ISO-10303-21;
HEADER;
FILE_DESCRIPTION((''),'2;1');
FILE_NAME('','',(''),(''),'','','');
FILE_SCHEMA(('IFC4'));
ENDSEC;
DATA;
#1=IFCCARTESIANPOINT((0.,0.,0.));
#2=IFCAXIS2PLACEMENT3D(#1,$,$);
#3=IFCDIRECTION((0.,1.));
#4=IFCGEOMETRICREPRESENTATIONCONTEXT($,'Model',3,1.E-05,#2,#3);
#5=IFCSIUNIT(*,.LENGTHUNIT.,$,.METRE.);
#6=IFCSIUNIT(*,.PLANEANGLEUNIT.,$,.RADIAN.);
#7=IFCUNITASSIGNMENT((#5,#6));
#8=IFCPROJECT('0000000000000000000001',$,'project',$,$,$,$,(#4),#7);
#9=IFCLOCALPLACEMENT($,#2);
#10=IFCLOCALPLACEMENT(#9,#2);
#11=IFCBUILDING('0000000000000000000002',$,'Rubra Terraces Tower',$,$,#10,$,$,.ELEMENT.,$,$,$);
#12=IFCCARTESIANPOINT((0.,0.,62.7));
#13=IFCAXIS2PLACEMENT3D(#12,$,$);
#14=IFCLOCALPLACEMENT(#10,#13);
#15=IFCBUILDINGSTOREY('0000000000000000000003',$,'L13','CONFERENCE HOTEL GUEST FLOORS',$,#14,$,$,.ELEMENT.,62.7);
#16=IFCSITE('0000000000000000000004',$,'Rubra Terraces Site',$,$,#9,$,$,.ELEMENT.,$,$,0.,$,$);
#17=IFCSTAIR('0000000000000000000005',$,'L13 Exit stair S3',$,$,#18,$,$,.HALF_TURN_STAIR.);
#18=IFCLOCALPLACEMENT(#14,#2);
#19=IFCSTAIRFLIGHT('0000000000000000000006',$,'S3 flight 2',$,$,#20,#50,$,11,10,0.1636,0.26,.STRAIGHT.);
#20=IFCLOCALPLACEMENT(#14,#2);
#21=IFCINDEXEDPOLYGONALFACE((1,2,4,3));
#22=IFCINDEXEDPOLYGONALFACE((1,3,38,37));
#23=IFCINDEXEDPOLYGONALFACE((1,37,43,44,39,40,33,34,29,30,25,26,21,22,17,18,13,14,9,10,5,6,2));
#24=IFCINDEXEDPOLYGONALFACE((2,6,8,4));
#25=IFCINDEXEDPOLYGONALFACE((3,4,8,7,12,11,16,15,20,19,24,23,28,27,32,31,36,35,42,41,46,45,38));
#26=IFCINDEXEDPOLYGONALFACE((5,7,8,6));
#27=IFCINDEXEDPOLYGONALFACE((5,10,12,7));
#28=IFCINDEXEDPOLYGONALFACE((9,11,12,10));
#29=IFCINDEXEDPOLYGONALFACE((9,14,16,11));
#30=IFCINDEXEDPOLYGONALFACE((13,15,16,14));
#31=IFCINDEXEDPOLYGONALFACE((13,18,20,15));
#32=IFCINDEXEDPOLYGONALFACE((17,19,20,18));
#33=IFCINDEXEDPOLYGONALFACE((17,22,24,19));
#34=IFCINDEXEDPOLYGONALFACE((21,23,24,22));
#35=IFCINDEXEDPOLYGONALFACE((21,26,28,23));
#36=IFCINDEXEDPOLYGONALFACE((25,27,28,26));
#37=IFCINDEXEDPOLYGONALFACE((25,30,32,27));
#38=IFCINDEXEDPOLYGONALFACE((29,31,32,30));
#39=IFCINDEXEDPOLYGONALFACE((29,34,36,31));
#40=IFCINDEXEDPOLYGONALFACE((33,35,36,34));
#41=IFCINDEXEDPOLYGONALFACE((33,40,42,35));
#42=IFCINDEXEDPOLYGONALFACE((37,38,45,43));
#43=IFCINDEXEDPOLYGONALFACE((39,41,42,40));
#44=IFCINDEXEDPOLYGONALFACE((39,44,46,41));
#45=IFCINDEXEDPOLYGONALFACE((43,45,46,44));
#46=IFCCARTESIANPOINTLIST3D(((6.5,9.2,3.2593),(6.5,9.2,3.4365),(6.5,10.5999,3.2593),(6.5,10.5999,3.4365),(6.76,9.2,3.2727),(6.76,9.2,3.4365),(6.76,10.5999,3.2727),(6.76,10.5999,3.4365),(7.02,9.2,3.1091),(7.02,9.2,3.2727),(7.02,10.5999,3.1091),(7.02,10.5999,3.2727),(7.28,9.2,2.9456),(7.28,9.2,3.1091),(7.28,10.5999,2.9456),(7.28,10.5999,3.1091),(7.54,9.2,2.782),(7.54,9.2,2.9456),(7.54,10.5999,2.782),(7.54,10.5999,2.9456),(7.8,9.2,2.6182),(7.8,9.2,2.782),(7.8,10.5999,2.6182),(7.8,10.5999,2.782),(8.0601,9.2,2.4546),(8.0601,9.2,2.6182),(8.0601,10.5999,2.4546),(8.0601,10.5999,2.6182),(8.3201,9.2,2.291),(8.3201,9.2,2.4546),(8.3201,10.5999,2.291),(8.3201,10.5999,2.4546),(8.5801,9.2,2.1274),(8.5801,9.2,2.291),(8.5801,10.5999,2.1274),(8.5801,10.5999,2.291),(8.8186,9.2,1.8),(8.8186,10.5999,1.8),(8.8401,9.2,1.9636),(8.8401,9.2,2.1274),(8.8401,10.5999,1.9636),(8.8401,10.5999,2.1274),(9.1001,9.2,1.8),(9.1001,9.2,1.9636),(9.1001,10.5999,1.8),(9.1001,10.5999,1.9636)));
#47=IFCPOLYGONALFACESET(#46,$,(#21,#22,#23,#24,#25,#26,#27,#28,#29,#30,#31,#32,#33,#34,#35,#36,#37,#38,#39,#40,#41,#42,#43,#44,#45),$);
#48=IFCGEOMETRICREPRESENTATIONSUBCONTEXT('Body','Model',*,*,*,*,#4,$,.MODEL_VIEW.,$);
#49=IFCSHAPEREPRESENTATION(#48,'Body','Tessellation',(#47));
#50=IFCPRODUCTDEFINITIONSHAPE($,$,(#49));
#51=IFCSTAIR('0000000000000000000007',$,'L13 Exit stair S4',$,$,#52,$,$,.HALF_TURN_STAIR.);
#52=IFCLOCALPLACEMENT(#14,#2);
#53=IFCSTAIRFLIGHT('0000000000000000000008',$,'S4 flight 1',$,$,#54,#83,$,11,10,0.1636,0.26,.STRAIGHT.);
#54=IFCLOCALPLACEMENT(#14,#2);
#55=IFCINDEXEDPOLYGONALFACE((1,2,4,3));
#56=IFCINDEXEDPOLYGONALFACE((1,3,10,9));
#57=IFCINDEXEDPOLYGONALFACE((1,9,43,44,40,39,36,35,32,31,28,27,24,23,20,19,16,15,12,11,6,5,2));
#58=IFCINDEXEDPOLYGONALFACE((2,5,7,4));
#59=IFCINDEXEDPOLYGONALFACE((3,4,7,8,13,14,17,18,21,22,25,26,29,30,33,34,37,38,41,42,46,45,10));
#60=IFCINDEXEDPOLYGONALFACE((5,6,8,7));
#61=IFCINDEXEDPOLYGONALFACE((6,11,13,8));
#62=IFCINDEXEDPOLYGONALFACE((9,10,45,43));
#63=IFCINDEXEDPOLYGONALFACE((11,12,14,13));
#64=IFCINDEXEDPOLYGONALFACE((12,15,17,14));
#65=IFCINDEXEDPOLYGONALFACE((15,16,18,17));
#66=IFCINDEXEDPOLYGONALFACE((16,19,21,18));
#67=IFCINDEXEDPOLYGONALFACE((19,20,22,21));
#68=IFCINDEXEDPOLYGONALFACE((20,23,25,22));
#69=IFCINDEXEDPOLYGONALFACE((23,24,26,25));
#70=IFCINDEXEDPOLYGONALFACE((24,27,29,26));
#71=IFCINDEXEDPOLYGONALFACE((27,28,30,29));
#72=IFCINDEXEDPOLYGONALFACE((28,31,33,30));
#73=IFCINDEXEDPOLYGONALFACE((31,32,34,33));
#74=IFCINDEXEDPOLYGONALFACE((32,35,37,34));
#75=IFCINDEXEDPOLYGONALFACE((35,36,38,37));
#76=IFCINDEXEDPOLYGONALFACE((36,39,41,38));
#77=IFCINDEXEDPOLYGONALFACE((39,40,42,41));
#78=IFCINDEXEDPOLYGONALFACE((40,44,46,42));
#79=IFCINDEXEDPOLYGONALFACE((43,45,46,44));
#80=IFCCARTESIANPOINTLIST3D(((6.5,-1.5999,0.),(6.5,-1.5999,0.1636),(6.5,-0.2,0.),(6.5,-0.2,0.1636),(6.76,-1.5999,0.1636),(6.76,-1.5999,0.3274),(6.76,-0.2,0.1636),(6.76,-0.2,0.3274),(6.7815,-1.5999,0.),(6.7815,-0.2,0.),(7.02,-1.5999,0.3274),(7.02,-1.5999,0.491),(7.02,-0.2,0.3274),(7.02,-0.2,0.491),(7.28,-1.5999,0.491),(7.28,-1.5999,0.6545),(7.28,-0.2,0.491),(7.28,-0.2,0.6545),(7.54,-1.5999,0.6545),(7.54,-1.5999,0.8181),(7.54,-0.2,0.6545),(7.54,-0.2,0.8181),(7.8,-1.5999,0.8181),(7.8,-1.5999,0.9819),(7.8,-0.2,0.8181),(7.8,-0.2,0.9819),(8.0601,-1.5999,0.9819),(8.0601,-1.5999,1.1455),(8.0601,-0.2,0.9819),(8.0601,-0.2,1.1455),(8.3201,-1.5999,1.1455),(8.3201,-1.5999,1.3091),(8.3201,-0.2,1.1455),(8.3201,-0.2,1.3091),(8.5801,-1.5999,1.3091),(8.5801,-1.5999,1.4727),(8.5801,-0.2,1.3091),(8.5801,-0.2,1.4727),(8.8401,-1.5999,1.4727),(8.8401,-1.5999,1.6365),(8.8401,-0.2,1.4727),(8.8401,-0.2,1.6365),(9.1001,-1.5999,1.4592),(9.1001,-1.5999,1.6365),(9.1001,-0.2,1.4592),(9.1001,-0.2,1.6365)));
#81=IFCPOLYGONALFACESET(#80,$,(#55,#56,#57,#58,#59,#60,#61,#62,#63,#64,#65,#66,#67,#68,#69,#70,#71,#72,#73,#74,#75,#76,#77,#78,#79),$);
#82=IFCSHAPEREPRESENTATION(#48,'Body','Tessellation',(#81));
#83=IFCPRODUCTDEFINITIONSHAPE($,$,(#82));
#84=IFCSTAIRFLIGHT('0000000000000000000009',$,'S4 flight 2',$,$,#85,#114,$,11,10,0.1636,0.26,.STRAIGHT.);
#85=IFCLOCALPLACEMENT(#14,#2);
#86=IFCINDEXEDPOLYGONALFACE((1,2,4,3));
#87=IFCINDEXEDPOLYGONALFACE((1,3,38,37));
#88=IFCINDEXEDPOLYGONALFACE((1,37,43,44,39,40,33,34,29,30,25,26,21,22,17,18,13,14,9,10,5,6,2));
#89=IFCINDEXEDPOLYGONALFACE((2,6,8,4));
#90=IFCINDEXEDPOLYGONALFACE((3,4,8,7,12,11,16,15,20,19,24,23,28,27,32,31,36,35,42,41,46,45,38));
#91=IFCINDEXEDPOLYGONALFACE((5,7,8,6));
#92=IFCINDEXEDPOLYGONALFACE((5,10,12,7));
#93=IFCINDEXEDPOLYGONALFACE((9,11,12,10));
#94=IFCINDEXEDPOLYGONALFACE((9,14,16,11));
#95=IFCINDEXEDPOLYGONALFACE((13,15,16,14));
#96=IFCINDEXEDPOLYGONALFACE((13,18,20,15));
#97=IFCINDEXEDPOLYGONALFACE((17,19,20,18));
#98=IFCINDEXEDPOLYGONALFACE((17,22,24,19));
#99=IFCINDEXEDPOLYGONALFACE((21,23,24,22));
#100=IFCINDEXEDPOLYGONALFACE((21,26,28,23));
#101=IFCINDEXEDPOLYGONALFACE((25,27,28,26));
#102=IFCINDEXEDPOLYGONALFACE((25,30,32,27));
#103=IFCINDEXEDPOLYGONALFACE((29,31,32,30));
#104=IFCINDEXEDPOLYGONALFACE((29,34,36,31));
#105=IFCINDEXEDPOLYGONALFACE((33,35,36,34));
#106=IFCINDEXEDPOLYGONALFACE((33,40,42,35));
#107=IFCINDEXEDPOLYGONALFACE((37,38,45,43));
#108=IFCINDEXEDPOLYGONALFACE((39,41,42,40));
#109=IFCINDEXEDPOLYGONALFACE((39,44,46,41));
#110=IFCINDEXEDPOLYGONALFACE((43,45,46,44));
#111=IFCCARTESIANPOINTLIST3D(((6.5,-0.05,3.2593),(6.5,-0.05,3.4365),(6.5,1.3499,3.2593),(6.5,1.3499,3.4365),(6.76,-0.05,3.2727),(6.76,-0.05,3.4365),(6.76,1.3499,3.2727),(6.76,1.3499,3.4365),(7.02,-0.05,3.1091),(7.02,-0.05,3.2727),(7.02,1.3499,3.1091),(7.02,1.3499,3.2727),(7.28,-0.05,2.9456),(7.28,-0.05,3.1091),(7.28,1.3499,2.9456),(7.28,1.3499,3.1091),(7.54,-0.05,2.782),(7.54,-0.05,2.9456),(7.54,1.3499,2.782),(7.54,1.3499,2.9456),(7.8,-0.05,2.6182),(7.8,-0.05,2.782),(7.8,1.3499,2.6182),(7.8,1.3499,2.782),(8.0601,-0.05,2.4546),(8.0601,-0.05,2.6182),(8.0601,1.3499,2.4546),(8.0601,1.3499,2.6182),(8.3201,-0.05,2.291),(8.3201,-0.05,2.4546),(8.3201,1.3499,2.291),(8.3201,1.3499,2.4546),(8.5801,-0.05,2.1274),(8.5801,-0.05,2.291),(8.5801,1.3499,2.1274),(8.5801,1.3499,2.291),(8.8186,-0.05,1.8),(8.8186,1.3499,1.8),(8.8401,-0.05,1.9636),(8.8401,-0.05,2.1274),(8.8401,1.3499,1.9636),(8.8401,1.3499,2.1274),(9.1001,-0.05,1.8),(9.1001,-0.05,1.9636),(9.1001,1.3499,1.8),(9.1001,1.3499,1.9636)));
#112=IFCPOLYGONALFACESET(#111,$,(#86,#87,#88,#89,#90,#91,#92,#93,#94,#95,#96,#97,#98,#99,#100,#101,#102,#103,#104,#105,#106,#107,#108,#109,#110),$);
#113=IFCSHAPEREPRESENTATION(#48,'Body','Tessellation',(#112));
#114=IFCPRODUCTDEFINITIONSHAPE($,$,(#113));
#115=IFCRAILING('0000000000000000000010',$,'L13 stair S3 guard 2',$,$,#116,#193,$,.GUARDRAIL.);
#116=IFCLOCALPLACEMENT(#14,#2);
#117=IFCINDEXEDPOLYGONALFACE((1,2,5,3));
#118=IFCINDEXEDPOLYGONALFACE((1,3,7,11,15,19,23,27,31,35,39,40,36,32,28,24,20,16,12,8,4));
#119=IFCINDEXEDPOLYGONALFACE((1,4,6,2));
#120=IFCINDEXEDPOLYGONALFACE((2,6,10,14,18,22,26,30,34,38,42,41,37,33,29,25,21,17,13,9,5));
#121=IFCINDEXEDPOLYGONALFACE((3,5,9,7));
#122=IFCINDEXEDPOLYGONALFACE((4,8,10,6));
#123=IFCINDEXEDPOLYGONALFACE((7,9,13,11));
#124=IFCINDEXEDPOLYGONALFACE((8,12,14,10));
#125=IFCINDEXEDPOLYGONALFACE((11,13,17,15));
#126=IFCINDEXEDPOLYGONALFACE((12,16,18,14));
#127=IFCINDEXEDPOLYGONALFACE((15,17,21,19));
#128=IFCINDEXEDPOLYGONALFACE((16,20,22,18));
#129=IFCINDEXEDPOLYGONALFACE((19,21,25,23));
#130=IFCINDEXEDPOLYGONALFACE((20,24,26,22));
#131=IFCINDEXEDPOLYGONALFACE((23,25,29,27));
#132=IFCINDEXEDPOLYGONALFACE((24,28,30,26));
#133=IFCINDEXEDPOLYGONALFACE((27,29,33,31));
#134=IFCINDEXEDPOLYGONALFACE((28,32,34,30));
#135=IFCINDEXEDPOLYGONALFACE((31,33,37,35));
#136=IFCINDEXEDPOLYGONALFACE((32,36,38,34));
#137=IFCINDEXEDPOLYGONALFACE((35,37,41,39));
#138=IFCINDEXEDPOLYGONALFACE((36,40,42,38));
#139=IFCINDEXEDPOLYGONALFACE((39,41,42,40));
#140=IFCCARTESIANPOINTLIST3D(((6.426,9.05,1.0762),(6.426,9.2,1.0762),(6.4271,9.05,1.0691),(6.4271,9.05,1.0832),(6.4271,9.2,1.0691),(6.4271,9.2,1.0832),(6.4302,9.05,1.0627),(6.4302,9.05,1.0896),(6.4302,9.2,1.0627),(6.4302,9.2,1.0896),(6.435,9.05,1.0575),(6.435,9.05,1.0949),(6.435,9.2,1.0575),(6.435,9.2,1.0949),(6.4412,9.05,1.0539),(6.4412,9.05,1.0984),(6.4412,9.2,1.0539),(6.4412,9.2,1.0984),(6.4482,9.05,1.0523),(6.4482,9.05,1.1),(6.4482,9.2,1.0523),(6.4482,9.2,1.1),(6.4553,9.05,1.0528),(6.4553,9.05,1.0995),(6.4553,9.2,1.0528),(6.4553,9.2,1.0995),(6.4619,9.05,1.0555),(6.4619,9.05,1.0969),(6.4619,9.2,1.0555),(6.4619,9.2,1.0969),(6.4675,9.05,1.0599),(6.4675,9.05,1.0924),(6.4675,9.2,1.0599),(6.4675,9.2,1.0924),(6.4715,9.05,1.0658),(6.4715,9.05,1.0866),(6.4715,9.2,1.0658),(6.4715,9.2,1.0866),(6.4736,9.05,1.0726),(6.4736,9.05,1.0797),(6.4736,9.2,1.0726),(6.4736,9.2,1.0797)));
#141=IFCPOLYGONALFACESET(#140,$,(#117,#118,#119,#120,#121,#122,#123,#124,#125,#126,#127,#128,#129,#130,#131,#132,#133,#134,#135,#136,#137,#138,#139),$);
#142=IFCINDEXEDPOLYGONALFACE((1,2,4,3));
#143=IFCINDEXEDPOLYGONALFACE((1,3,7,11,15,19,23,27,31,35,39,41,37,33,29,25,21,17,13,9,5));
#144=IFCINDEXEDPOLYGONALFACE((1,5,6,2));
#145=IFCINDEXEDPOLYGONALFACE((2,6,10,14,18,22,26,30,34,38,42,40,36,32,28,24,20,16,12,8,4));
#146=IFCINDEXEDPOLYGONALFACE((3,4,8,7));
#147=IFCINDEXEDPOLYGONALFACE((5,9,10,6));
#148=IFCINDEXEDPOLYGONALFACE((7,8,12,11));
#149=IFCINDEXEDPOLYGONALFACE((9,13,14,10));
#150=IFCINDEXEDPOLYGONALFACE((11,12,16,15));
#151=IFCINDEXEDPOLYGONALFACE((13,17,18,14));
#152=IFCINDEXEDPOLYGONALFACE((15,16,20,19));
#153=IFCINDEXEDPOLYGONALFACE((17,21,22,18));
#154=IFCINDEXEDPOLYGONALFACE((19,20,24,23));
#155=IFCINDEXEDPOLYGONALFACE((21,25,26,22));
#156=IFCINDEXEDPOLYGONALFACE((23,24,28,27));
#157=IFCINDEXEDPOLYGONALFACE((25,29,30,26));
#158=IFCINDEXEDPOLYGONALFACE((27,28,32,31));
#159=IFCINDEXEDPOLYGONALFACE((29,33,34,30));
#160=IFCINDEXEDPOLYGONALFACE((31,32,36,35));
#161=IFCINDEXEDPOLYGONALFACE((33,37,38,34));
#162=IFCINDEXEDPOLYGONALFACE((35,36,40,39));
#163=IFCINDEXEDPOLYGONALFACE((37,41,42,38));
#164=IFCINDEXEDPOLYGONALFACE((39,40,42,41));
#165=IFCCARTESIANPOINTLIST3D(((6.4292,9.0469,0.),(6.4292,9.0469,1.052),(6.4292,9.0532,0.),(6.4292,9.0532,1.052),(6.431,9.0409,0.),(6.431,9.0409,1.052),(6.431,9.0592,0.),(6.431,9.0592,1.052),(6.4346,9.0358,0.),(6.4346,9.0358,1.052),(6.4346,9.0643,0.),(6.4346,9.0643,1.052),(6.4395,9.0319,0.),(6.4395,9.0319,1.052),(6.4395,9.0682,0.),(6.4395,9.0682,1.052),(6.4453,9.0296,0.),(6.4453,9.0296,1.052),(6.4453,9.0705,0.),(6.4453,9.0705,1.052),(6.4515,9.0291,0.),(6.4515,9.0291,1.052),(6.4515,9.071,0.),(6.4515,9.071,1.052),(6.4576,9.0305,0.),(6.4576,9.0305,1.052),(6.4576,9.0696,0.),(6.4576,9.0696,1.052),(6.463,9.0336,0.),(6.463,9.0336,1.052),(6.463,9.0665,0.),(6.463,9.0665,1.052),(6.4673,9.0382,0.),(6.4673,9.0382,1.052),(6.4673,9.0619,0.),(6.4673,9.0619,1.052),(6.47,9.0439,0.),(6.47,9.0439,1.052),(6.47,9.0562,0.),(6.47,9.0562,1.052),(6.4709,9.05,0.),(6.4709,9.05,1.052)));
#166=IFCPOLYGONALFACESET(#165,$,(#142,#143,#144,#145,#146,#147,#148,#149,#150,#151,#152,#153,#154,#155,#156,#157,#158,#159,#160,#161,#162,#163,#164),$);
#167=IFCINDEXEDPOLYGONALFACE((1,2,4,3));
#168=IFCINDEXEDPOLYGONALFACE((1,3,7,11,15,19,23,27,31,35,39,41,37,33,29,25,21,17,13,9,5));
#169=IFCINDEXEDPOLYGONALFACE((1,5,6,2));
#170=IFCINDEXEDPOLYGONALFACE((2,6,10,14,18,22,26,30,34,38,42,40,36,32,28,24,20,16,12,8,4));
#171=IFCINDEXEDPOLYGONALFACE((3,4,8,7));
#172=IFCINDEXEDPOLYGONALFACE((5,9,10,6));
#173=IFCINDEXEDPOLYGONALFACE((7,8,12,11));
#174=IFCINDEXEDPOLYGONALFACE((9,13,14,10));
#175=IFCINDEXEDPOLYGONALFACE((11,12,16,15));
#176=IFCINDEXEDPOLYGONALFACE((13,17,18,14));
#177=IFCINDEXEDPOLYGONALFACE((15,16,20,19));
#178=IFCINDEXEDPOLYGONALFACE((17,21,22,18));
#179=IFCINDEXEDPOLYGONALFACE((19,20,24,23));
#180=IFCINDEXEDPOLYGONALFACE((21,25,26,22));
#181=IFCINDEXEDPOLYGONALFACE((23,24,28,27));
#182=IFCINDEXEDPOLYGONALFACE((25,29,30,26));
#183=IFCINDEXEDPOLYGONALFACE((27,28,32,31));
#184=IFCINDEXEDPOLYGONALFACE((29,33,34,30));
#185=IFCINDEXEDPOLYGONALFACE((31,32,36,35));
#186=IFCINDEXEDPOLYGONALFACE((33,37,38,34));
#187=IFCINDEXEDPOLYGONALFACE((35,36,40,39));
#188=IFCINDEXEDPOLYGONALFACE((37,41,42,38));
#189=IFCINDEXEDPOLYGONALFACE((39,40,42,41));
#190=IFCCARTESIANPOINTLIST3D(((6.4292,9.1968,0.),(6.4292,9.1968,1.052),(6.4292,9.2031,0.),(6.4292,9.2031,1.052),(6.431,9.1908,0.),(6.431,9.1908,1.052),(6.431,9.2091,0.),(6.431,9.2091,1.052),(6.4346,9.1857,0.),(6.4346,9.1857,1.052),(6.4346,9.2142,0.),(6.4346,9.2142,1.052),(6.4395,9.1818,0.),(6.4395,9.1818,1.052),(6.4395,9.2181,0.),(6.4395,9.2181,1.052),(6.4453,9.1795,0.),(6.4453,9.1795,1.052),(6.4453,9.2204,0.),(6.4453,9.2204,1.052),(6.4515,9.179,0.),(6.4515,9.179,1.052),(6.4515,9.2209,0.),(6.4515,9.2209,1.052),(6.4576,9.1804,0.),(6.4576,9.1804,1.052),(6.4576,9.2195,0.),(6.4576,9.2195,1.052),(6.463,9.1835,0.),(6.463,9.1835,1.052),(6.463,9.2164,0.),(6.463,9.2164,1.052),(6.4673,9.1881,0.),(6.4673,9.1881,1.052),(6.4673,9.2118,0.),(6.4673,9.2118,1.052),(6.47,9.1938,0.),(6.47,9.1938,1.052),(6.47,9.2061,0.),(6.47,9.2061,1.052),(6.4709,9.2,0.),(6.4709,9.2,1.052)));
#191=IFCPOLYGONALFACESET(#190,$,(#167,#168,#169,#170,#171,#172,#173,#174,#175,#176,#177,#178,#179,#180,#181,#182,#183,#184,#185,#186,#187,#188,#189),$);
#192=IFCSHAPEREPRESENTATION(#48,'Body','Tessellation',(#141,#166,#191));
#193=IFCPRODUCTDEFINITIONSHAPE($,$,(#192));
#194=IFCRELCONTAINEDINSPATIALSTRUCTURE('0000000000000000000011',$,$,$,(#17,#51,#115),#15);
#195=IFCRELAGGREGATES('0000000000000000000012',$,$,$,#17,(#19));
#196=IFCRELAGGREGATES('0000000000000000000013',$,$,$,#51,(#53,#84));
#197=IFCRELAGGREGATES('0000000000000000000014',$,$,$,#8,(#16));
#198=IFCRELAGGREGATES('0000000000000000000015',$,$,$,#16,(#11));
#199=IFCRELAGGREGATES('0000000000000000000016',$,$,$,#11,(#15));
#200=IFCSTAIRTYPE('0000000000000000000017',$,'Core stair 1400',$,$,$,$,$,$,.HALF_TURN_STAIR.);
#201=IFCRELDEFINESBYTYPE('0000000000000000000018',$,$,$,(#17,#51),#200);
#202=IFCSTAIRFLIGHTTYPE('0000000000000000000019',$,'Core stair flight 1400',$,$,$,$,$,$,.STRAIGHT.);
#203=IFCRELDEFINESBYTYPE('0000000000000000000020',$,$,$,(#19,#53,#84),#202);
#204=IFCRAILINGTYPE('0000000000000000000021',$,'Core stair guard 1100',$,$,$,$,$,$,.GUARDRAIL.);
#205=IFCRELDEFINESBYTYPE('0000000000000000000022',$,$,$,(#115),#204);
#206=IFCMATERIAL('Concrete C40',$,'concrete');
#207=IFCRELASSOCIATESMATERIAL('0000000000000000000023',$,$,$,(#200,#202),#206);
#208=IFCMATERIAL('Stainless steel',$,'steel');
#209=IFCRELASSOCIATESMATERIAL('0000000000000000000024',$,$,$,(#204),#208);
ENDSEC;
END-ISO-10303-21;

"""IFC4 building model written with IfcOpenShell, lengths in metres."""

from ifc_helpers import new_model, si_unit, direction, frame, origin, origin_2d, place, context, subcontext, project, spatial, polyline, circle, outline, extrude, material, type_object, element, aggregate, save


model = new_model("IFC4")

# Units and contexts
model_context = context("Model", 3, precision=1e-05, world=origin(), true_north=direction((0.0, 1.0)))
body_context = subcontext(model_context, "Body", "Model", "MODEL_VIEW")
ifc_project = project(units=[si_unit("LENGTHUNIT", "METRE"), si_unit("PLANEANGLEUNIT", "RADIAN")], contexts=[model_context])

# Site, building, storey
site_placement = place(None, origin())
site = spatial("IfcSite", under=ifc_project, at=site_placement, Name="Rubra Terraces Site", CompositionType="ELEMENT", RefElevation=0.0)
building_placement = place(site_placement, origin())
building = spatial("IfcBuilding", under=site, at=building_placement, Name="Rubra Terraces Tower", CompositionType="ELEMENT")
storey_placement = place(building_placement, frame((0.0, 0.0, 62.7)))
storey = spatial("IfcBuildingStorey", under=building, at=storey_placement, Name="L13", Description="CONFERENCE HOTEL GUEST FLOORS", CompositionType="ELEMENT", Elevation=62.7)

# Shared definitions
ifc_material_1 = material(Name="Stainless steel", Category="steel")

# Shared definitions
ifc_material_2 = material(Name="Concrete C40", Category="concrete")

# Stairs, stair flights
stair_type = type_object("IfcStairType", Name="Core stair 1400", PredefinedType="HALF_TURN_STAIR", material=ifc_material_2)
stair_1_placement = place(storey_placement, origin())
stair_1 = element("IfcStair", 1, at=stair_1_placement, inside=storey, type_object=stair_type, Name="L13 Exit stair S3", PredefinedType="HALF_TURN_STAIR")
stair_flight_type = type_object("IfcStairFlightType", Name="Core stair flight 1400", PredefinedType="STRAIGHT", material=ifc_material_2)
stair_flight_1_placement = place(storey_placement, frame((9.1001, 9.8999, 1.8), z_axis=(0.0, 0.0, 1.0), x_axis=(-1.0, 0.0, 0.0)))
stair_flight_1 = element("IfcStairFlight", 2, at=stair_flight_1_placement, type_object=stair_flight_type, Name="S3 flight 2", NumberOfRisers=11, NumberOfTreads=10, PredefinedType="STRAIGHT", RiserHeight=0.1636, TreadLength=0.26, context=body_context, shape_type="SweptSolid", body=[
    extrude(outline(polyline([(0.0, 0.0), (0.0, 0.1636), (0.26, 0.1636), (0.26, 0.3274), (0.52, 0.3274), (0.52, 0.491), (0.78, 0.491), (0.78, 0.6545), (1.04, 0.6545), (1.04, 0.8181), (1.3, 0.8181), (1.3, 0.9819), (1.5601, 0.9819), (1.5601, 1.1455), (1.8201, 1.1455), (1.8201, 1.3091), (2.0801, 1.3091), (2.0801, 1.4727), (2.3401, 1.4727), (2.3401, 1.6365), (2.6001, 1.6365), (2.6001, 1.8), (2.6001, 1.4592), (0.2815, 0.0), (0.0, 0.0)])), frame((0.0, 0.7, 0.0), z_axis=(0.0, -1.0, 0.0), x_axis=(1.0, 0.0, 0.0)), (0.0, 0.0, 1.0), 1.3999),
])
aggregate(stair_1, [stair_flight_1])
stair_2_placement = place(storey_placement, origin())
stair_2 = element("IfcStair", 3, at=stair_2_placement, inside=storey, type_object=stair_type, Name="L13 Exit stair S4", PredefinedType="HALF_TURN_STAIR")
stair_flight_2_placement = place(storey_placement, frame((6.5, -0.8999, 0.0), z_axis=(0.0, 0.0, 1.0), x_axis=(1.0, 0.0, 0.0)))
stair_flight_2 = element("IfcStairFlight", 4, at=stair_flight_2_placement, type_object=stair_flight_type, Name="S4 flight 1", NumberOfRisers=11, NumberOfTreads=10, PredefinedType="STRAIGHT", RiserHeight=0.1636, TreadLength=0.26, context=body_context, shape_type="SweptSolid", body=[
    extrude(outline(polyline([(0.0, 0.0), (0.0, 0.1636), (0.26, 0.1636), (0.26, 0.3274), (0.52, 0.3274), (0.52, 0.491), (0.78, 0.491), (0.78, 0.6545), (1.04, 0.6545), (1.04, 0.8181), (1.3, 0.8181), (1.3, 0.9819), (1.5601, 0.9819), (1.5601, 1.1455), (1.8201, 1.1455), (1.8201, 1.3091), (2.0801, 1.3091), (2.0801, 1.4727), (2.3401, 1.4727), (2.3401, 1.6365), (2.6001, 1.6365), (2.6001, 1.8), (2.6001, 1.4592), (0.2815, 0.0), (0.0, 0.0)])), frame((0.0, 0.7, 0.0), z_axis=(0.0, -1.0, 0.0), x_axis=(1.0, 0.0, 0.0)), (0.0, 0.0, 1.0), 1.3999),
])
stair_flight_3_placement = place(storey_placement, frame((9.1001, 0.6499, 1.8), z_axis=(0.0, 0.0, 1.0), x_axis=(-1.0, 0.0, 0.0)))
stair_flight_3 = element("IfcStairFlight", 5, at=stair_flight_3_placement, type_object=stair_flight_type, Name="S4 flight 2", NumberOfRisers=11, NumberOfTreads=10, PredefinedType="STRAIGHT", RiserHeight=0.1636, TreadLength=0.26, context=body_context, shape_type="SweptSolid", body=[
    extrude(outline(polyline([(0.0, 0.0), (0.0, 0.1636), (0.26, 0.1636), (0.26, 0.3274), (0.52, 0.3274), (0.52, 0.491), (0.78, 0.491), (0.78, 0.6545), (1.04, 0.6545), (1.04, 0.8181), (1.3, 0.8181), (1.3, 0.9819), (1.5601, 0.9819), (1.5601, 1.1455), (1.8201, 1.1455), (1.8201, 1.3091), (2.0801, 1.3091), (2.0801, 1.4727), (2.3401, 1.4727), (2.3401, 1.6365), (2.6001, 1.6365), (2.6001, 1.8), (2.6001, 1.4592), (0.2815, 0.0), (0.0, 0.0)])), frame((0.0, 0.7, 0.0), z_axis=(0.0, -1.0, 0.0), x_axis=(1.0, 0.0, 0.0)), (0.0, 0.0, 1.0), 1.3999),
])
aggregate(stair_2, [stair_flight_2, stair_flight_3])

# Railing
railing_type_1 = type_object("IfcRailingType", Name="Core stair guard 1100", PredefinedType="GUARDRAIL", material=ifc_material_1)
railing_1_placement = place(storey_placement, frame((6.45, 9.05, 0.0)))
element("IfcRailing", 6, at=railing_1_placement, inside=storey, type_object=railing_type_1, Name="L13 stair S3 guard 2", PredefinedType="GUARDRAIL", context=body_context, shape_type="SweptSolid", body=[
    extrude(circle(Radius=0.0239, at=origin_2d()), frame((0.0, 0.0, 1.0762), z_axis=(0.0, 1.0, 0.0), x_axis=(-1.0, 0.0, 0.0)), (0.0, 0.0, 1.0), 0.1499),
    extrude(circle(Radius=0.021, at=origin_2d()), origin(), (0.0, 0.0, 1.0), 1.052),
    extrude(circle(Radius=0.021, at=origin_2d()), frame((0.0, 0.1499, 0.0)), (0.0, 0.0, 1.0), 1.052),
])

save(model, "model.ifc")
